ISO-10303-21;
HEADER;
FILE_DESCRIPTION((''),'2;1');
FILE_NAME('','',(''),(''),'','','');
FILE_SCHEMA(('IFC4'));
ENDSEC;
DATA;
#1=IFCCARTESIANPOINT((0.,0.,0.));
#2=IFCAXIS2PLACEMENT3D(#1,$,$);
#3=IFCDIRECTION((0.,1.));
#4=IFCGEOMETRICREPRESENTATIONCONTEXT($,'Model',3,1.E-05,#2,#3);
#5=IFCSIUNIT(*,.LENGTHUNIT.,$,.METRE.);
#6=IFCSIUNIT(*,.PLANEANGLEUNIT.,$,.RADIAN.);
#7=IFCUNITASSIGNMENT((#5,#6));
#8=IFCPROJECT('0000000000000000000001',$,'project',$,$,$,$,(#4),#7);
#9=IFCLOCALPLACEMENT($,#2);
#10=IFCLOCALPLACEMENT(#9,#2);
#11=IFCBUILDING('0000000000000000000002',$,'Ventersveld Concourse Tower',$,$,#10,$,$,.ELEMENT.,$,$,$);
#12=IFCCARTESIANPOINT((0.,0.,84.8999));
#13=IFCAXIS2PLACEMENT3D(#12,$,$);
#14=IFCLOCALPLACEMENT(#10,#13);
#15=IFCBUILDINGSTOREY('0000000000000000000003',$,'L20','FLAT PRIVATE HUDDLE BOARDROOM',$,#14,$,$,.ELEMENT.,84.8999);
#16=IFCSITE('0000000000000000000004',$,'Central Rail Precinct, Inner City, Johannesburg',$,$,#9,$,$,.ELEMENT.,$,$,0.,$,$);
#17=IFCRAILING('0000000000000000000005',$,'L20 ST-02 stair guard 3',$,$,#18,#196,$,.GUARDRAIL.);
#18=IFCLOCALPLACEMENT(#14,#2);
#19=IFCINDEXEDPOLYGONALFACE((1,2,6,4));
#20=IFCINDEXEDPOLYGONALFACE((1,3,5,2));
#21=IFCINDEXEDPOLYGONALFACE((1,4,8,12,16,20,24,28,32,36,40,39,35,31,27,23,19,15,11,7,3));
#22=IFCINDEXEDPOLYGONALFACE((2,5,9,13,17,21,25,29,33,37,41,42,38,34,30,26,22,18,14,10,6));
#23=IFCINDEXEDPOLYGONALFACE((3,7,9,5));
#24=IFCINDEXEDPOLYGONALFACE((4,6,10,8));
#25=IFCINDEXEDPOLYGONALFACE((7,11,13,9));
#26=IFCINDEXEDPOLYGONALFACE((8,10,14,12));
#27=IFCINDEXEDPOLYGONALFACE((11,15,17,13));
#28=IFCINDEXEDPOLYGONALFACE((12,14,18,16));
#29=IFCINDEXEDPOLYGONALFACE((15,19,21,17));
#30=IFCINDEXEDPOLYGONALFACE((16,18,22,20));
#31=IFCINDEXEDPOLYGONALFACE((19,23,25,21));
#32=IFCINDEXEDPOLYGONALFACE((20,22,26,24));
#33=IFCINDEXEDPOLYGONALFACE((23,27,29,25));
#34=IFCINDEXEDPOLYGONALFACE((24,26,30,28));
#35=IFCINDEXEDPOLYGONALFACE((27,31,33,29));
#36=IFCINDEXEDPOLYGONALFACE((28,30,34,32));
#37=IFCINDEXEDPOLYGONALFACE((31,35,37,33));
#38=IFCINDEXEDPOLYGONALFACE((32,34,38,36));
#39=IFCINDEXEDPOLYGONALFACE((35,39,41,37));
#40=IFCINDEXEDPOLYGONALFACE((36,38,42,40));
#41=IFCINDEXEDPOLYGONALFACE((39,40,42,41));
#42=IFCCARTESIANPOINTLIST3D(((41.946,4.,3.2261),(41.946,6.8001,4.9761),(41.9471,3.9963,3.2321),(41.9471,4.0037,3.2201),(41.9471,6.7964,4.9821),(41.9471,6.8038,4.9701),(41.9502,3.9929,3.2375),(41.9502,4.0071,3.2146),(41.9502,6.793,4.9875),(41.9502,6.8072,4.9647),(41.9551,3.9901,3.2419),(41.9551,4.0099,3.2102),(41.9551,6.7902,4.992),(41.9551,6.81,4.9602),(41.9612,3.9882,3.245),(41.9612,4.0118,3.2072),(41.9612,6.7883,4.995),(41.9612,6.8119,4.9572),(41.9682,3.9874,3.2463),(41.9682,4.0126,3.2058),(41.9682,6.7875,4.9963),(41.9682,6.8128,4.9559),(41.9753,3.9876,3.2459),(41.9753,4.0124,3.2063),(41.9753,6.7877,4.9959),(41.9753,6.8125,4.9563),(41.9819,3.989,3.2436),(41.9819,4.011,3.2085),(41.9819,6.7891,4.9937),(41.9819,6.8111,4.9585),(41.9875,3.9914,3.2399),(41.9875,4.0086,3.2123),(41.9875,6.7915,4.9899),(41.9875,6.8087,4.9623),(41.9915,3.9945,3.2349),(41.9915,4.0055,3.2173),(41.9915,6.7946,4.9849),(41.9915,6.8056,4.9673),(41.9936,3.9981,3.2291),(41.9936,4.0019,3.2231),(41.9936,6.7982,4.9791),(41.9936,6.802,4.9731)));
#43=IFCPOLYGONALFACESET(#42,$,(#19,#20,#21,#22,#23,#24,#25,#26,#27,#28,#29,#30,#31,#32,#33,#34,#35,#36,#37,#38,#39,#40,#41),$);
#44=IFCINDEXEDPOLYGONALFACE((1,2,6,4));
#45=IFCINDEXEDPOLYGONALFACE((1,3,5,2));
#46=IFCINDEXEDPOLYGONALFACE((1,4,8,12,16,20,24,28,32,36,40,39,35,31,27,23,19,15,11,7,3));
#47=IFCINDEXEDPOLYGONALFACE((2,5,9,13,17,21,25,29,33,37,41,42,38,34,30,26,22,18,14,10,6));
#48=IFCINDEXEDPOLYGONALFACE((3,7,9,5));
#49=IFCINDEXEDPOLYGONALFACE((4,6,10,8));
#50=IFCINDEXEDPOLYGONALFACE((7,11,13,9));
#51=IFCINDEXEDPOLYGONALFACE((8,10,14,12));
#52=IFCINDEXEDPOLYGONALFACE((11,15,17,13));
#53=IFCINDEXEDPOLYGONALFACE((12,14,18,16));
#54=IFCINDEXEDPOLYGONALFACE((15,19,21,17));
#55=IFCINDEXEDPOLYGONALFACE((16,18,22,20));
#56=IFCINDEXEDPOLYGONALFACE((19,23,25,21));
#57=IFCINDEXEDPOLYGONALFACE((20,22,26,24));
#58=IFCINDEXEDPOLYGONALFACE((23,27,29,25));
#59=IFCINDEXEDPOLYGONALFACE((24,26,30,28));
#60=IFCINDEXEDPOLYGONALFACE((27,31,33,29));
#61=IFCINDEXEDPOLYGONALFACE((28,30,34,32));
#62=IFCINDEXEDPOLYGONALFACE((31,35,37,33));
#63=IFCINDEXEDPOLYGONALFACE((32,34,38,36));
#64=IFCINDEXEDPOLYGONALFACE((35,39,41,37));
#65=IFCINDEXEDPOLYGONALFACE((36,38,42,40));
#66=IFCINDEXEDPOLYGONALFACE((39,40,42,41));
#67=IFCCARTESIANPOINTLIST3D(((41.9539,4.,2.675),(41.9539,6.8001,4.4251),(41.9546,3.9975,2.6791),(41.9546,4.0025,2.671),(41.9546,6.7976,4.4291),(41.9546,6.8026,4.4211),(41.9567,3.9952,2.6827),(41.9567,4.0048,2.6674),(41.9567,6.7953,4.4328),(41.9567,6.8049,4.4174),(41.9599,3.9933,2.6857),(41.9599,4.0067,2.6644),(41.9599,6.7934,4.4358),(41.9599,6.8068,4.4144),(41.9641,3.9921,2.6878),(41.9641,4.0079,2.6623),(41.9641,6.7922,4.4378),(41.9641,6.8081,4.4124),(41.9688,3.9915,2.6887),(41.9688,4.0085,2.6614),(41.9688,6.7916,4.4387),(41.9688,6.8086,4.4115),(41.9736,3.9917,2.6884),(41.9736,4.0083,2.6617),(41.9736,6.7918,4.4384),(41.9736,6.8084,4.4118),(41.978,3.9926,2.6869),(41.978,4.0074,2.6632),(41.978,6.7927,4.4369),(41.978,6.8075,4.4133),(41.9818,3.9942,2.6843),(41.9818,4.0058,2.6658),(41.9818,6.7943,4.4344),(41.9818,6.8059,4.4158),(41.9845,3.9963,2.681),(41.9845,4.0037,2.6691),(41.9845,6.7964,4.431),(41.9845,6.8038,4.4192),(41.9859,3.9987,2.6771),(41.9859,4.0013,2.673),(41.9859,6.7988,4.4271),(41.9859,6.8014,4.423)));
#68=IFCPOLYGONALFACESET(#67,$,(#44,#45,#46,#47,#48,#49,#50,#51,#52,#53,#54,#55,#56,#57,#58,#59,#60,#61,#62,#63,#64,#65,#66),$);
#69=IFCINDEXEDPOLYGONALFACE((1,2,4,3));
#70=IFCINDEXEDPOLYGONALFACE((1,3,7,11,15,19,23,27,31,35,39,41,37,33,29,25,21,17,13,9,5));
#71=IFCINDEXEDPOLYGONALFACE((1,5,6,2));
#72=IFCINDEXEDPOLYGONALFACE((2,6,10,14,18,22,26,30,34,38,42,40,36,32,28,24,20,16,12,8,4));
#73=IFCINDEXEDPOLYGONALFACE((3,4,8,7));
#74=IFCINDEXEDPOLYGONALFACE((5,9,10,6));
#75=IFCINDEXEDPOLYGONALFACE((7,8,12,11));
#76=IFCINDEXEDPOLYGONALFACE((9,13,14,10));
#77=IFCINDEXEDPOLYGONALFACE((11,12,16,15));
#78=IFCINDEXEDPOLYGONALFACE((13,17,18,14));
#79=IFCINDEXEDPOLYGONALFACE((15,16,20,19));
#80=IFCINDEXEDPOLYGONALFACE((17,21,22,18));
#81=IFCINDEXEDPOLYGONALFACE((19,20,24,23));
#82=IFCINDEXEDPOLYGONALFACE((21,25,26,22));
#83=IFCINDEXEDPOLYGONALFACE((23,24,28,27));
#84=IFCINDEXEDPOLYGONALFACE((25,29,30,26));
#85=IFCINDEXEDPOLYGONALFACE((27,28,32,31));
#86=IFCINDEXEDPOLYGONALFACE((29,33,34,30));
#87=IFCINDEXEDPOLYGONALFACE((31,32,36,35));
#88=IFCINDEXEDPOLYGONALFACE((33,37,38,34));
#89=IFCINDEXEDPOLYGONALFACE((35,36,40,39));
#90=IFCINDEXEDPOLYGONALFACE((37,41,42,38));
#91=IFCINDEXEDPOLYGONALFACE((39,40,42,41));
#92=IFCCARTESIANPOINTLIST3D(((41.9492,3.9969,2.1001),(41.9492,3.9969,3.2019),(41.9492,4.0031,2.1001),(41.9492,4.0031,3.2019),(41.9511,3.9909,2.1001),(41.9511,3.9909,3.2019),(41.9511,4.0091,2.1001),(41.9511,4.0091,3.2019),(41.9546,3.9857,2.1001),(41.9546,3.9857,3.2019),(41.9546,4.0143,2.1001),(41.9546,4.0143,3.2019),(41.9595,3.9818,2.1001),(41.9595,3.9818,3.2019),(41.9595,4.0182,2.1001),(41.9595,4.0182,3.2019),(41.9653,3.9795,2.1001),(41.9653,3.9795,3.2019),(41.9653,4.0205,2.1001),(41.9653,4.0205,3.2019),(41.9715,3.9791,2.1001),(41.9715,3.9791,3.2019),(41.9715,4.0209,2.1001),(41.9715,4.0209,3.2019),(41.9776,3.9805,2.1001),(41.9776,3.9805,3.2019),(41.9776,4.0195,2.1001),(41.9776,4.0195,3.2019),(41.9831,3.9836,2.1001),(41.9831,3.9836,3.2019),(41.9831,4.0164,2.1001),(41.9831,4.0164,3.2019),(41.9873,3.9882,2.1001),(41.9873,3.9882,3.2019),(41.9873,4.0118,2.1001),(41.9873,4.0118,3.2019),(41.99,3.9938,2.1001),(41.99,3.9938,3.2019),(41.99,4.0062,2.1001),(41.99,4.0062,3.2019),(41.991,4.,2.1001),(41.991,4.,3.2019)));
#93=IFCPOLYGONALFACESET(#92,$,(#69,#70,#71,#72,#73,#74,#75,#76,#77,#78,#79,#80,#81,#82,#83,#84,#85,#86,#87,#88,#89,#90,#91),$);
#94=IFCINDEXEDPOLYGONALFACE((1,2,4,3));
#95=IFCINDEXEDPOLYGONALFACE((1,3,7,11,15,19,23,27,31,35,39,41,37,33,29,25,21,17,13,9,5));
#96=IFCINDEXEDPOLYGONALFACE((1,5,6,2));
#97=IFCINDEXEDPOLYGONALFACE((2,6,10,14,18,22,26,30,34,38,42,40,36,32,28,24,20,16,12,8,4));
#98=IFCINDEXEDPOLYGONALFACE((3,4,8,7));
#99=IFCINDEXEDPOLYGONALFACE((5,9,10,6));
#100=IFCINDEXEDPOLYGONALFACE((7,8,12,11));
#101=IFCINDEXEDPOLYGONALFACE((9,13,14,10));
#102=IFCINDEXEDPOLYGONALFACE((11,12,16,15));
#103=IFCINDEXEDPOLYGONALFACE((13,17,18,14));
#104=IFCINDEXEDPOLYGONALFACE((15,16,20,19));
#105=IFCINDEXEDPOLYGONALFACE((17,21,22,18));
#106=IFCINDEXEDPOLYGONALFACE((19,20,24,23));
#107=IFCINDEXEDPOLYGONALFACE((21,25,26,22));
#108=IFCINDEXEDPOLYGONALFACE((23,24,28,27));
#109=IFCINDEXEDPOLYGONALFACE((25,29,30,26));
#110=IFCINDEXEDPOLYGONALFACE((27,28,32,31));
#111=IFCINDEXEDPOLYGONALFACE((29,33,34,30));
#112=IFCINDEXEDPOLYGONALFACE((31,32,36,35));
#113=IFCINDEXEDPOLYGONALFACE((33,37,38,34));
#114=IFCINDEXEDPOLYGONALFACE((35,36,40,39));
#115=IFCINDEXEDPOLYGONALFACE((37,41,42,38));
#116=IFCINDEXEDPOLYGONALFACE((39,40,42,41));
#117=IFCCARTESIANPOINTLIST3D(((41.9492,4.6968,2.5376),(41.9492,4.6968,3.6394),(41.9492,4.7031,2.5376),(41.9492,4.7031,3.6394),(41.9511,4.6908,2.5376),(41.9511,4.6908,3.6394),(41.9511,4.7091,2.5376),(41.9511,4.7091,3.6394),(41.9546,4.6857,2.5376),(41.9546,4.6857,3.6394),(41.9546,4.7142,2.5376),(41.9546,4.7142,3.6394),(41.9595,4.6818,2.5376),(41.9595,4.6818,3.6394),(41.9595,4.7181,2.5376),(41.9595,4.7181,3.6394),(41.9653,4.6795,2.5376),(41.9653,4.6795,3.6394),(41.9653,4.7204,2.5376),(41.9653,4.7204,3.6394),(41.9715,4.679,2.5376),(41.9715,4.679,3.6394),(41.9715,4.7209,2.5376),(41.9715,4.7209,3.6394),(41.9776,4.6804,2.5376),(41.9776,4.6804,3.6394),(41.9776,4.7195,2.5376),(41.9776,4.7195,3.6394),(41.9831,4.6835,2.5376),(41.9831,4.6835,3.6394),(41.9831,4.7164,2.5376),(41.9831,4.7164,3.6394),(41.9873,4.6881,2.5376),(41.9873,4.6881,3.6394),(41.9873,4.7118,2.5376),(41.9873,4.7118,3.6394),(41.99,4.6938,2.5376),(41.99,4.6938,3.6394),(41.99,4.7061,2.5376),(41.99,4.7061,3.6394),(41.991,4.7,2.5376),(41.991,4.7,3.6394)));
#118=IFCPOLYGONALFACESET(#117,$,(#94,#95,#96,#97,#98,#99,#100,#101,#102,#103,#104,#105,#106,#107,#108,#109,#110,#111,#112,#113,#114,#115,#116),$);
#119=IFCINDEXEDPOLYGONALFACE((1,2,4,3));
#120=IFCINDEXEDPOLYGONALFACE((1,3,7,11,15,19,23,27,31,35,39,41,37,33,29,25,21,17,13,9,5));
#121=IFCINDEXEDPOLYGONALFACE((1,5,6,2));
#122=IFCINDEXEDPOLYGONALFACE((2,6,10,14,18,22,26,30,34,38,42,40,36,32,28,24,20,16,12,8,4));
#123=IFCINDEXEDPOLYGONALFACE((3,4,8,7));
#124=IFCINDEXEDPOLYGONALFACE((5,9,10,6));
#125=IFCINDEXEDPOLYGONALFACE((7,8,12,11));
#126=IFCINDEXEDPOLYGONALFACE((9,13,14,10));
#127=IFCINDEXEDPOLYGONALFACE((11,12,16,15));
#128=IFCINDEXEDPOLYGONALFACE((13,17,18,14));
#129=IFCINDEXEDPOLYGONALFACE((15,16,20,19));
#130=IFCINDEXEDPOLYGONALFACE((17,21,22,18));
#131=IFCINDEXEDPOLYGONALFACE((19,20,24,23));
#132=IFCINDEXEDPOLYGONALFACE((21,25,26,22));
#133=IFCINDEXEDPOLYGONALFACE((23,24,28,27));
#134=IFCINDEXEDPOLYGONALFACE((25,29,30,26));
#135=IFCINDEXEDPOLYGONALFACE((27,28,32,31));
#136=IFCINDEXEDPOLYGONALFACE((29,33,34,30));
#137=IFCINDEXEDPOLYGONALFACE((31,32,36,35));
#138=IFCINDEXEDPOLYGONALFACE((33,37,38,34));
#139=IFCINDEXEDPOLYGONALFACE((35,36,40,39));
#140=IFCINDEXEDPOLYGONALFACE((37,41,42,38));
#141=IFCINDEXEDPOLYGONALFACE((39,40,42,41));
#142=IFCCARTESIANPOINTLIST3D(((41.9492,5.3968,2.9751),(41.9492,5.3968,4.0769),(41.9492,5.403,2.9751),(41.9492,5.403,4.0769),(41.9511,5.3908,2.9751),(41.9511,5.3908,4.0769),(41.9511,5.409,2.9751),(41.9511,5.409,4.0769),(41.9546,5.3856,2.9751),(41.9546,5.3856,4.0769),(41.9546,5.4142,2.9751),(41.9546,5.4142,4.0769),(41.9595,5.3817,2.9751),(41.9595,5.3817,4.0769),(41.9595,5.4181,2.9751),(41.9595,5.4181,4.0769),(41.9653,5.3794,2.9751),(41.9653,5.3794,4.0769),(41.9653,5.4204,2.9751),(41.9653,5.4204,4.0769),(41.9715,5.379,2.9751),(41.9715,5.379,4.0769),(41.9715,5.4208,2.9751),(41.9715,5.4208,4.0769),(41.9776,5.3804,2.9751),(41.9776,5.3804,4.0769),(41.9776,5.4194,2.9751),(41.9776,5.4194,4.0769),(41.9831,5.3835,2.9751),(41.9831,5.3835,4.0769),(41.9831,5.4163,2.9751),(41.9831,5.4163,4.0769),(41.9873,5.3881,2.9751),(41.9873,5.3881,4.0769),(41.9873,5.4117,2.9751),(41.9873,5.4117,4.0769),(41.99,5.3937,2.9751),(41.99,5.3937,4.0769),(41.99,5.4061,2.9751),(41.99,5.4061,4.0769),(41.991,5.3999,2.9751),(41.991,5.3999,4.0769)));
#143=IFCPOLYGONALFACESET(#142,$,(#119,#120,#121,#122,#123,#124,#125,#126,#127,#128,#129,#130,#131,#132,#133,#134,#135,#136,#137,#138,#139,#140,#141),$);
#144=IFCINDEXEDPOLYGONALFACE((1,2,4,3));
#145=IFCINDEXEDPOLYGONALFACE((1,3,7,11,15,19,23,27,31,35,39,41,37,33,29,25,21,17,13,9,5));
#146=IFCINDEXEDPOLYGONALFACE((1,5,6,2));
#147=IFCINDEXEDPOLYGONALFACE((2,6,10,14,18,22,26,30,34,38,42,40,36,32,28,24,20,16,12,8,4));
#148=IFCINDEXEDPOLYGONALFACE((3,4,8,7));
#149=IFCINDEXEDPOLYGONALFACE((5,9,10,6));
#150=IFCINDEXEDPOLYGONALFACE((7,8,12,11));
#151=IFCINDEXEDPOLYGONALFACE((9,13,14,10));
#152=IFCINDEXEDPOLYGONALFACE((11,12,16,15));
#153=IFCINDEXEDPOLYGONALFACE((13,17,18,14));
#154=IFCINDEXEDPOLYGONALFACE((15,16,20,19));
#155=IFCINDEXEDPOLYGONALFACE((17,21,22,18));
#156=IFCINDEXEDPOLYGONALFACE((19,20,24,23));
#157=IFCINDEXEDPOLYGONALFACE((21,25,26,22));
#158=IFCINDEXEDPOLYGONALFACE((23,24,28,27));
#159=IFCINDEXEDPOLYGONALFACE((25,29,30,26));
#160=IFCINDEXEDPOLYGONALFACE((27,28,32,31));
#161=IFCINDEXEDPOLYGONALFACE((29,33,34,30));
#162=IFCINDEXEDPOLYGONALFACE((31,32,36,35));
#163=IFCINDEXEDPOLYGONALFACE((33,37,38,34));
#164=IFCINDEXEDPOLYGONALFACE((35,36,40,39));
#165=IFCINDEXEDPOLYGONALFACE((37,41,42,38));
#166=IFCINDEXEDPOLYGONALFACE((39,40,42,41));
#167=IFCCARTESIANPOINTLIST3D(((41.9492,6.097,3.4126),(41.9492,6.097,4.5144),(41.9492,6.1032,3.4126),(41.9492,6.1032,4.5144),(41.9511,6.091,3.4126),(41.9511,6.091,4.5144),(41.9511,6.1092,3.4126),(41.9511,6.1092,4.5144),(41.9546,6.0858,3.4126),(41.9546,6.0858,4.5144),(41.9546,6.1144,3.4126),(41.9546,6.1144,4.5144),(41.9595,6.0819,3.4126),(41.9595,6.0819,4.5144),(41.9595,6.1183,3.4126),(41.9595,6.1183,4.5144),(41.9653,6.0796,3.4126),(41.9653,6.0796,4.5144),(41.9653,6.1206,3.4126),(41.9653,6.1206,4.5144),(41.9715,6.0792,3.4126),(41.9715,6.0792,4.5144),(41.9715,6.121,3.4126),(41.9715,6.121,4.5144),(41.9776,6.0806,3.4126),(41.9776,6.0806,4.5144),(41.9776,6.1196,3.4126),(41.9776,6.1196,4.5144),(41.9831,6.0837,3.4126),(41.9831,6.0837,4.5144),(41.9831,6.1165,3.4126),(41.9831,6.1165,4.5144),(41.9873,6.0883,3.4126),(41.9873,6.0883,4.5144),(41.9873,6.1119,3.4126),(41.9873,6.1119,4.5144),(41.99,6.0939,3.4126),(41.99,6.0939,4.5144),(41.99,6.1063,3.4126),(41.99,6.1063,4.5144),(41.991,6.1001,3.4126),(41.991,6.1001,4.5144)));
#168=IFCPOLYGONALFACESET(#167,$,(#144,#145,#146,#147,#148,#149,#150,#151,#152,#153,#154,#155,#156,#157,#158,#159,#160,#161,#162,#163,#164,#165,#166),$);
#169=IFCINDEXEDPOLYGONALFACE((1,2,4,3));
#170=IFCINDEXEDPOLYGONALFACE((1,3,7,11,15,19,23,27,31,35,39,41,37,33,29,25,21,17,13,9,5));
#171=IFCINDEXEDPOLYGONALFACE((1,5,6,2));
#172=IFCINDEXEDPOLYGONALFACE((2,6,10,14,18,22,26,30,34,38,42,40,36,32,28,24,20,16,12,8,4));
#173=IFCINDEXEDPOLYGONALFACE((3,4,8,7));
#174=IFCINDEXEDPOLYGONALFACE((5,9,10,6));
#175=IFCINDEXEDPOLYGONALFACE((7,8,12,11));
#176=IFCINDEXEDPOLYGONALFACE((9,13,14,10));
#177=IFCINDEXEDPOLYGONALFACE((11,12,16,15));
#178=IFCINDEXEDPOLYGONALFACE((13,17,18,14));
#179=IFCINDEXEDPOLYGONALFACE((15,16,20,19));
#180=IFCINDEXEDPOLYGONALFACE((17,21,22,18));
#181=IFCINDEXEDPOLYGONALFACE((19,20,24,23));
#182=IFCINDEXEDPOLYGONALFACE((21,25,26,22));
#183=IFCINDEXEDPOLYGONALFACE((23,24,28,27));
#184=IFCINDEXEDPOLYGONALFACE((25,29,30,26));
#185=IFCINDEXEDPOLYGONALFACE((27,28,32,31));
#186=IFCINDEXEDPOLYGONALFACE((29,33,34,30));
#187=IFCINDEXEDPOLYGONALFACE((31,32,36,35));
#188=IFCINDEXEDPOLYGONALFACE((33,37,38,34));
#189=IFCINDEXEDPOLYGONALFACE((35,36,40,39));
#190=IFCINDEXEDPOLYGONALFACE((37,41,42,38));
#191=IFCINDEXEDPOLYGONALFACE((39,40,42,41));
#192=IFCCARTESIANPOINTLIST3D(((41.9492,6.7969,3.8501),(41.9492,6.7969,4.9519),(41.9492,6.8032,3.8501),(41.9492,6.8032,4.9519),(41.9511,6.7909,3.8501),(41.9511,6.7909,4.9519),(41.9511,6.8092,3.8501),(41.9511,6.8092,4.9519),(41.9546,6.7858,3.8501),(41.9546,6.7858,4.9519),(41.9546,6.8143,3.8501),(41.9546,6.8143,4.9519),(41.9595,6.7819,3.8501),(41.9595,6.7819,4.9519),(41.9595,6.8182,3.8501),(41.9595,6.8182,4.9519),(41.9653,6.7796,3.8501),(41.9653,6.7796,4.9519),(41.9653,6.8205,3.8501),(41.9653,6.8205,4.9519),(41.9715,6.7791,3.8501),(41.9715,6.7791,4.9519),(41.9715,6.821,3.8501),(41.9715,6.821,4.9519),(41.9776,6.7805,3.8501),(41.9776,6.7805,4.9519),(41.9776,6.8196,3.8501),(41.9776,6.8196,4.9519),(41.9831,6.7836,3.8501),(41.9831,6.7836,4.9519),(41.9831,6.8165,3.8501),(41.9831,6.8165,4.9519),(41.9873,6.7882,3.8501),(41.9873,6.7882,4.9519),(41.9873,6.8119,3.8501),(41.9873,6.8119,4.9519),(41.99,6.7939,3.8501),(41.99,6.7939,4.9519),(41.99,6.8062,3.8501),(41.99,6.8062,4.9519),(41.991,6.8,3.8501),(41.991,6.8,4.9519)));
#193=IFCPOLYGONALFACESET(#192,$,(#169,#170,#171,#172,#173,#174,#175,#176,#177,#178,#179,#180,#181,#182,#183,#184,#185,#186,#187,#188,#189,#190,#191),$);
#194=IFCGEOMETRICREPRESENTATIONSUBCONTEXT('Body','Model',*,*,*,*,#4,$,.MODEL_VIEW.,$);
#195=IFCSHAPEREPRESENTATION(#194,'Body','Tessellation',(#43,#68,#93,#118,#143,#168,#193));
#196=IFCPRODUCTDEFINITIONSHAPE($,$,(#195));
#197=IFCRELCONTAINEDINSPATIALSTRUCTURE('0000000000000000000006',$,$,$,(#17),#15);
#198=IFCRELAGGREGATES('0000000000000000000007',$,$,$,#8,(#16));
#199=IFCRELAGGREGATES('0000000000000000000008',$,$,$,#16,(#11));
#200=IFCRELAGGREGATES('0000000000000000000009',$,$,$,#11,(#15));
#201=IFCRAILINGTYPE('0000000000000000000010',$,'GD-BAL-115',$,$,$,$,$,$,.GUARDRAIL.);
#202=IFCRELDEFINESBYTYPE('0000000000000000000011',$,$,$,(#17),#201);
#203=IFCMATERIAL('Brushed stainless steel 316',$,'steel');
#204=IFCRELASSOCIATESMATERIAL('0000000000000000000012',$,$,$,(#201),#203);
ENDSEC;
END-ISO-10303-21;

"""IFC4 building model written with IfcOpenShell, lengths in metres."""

from ifc_helpers import new_model, si_unit, direction, frame, origin, origin_2d, place, context, subcontext, project, spatial, circle, extrude, material, type_object, element, save


model = new_model("IFC4")

# Units and contexts
model_context = context("Model", 3, precision=1e-05, world=origin(), true_north=direction((0.0, 1.0)))
body_context = subcontext(model_context, "Body", "Model", "MODEL_VIEW")
ifc_project = project(units=[si_unit("LENGTHUNIT", "METRE"), si_unit("PLANEANGLEUNIT", "RADIAN")], contexts=[model_context])

# Site, building, storey
site_placement = place(None, origin())
site = spatial("IfcSite", under=ifc_project, at=site_placement, Name="Central Rail Precinct, Inner City, Johannesburg", CompositionType="ELEMENT", RefElevation=0.0)
building_placement = place(site_placement, origin())
building = spatial("IfcBuilding", under=site, at=building_placement, Name="Ventersveld Concourse Tower", CompositionType="ELEMENT")
storey_placement = place(building_placement, frame((0.0, 0.0, 84.8999)))
storey = spatial("IfcBuildingStorey", under=building, at=storey_placement, Name="L20", Description="FLAT PRIVATE HUDDLE BOARDROOM", CompositionType="ELEMENT", Elevation=84.8999)

# Railing
ifc_material_1 = material(Name="Brushed stainless steel 316", Category="steel")
railing_type_1 = type_object("IfcRailingType", Name="GD-BAL-115", PredefinedType="GUARDRAIL", material=ifc_material_1)
railing_1_placement = place(storey_placement, frame((41.97, 4.0, 2.1001)))
element("IfcRailing", 1, at=railing_1_placement, inside=storey, type_object=railing_type_1, Name="L20 ST-02 stair guard 3", PredefinedType="GUARDRAIL", context=body_context, shape_type="SweptSolid", body=[
    extrude(circle(Radius=0.0239, at=origin_2d()), frame((0.0, 0.0, 1.126), z_axis=(0.0, 0.848002, 0.529992), x_axis=(-1.0, 0.0, 0.0)), (0.0, 0.0, 1.0), 3.302),
    extrude(circle(Radius=0.0161, at=origin_2d()), frame((0.0, 0.0, 0.575), z_axis=(0.0, 0.848002, 0.529992), x_axis=(-1.0, 0.0, 0.0)), (0.0, 0.0, 1.0), 3.302),
    extrude(circle(Radius=0.021, at=origin_2d()), origin(), (0.0, 0.0, 1.0), 1.1018),
    extrude(circle(Radius=0.021, at=origin_2d()), frame((0.0, 0.7, 0.4375)), (0.0, 0.0, 1.0), 1.1018),
    extrude(circle(Radius=0.021, at=origin_2d()), frame((0.0, 1.3999, 0.875)), (0.0, 0.0, 1.0), 1.1018),
    extrude(circle(Radius=0.021, at=origin_2d()), frame((0.0, 2.1001, 1.3125)), (0.0, 0.0, 1.0), 1.1018),
    extrude(circle(Radius=0.021, at=origin_2d()), frame((0.0, 2.8, 1.75)), (0.0, 0.0, 1.0), 1.1018),
])

save(model, "model.ifc")
